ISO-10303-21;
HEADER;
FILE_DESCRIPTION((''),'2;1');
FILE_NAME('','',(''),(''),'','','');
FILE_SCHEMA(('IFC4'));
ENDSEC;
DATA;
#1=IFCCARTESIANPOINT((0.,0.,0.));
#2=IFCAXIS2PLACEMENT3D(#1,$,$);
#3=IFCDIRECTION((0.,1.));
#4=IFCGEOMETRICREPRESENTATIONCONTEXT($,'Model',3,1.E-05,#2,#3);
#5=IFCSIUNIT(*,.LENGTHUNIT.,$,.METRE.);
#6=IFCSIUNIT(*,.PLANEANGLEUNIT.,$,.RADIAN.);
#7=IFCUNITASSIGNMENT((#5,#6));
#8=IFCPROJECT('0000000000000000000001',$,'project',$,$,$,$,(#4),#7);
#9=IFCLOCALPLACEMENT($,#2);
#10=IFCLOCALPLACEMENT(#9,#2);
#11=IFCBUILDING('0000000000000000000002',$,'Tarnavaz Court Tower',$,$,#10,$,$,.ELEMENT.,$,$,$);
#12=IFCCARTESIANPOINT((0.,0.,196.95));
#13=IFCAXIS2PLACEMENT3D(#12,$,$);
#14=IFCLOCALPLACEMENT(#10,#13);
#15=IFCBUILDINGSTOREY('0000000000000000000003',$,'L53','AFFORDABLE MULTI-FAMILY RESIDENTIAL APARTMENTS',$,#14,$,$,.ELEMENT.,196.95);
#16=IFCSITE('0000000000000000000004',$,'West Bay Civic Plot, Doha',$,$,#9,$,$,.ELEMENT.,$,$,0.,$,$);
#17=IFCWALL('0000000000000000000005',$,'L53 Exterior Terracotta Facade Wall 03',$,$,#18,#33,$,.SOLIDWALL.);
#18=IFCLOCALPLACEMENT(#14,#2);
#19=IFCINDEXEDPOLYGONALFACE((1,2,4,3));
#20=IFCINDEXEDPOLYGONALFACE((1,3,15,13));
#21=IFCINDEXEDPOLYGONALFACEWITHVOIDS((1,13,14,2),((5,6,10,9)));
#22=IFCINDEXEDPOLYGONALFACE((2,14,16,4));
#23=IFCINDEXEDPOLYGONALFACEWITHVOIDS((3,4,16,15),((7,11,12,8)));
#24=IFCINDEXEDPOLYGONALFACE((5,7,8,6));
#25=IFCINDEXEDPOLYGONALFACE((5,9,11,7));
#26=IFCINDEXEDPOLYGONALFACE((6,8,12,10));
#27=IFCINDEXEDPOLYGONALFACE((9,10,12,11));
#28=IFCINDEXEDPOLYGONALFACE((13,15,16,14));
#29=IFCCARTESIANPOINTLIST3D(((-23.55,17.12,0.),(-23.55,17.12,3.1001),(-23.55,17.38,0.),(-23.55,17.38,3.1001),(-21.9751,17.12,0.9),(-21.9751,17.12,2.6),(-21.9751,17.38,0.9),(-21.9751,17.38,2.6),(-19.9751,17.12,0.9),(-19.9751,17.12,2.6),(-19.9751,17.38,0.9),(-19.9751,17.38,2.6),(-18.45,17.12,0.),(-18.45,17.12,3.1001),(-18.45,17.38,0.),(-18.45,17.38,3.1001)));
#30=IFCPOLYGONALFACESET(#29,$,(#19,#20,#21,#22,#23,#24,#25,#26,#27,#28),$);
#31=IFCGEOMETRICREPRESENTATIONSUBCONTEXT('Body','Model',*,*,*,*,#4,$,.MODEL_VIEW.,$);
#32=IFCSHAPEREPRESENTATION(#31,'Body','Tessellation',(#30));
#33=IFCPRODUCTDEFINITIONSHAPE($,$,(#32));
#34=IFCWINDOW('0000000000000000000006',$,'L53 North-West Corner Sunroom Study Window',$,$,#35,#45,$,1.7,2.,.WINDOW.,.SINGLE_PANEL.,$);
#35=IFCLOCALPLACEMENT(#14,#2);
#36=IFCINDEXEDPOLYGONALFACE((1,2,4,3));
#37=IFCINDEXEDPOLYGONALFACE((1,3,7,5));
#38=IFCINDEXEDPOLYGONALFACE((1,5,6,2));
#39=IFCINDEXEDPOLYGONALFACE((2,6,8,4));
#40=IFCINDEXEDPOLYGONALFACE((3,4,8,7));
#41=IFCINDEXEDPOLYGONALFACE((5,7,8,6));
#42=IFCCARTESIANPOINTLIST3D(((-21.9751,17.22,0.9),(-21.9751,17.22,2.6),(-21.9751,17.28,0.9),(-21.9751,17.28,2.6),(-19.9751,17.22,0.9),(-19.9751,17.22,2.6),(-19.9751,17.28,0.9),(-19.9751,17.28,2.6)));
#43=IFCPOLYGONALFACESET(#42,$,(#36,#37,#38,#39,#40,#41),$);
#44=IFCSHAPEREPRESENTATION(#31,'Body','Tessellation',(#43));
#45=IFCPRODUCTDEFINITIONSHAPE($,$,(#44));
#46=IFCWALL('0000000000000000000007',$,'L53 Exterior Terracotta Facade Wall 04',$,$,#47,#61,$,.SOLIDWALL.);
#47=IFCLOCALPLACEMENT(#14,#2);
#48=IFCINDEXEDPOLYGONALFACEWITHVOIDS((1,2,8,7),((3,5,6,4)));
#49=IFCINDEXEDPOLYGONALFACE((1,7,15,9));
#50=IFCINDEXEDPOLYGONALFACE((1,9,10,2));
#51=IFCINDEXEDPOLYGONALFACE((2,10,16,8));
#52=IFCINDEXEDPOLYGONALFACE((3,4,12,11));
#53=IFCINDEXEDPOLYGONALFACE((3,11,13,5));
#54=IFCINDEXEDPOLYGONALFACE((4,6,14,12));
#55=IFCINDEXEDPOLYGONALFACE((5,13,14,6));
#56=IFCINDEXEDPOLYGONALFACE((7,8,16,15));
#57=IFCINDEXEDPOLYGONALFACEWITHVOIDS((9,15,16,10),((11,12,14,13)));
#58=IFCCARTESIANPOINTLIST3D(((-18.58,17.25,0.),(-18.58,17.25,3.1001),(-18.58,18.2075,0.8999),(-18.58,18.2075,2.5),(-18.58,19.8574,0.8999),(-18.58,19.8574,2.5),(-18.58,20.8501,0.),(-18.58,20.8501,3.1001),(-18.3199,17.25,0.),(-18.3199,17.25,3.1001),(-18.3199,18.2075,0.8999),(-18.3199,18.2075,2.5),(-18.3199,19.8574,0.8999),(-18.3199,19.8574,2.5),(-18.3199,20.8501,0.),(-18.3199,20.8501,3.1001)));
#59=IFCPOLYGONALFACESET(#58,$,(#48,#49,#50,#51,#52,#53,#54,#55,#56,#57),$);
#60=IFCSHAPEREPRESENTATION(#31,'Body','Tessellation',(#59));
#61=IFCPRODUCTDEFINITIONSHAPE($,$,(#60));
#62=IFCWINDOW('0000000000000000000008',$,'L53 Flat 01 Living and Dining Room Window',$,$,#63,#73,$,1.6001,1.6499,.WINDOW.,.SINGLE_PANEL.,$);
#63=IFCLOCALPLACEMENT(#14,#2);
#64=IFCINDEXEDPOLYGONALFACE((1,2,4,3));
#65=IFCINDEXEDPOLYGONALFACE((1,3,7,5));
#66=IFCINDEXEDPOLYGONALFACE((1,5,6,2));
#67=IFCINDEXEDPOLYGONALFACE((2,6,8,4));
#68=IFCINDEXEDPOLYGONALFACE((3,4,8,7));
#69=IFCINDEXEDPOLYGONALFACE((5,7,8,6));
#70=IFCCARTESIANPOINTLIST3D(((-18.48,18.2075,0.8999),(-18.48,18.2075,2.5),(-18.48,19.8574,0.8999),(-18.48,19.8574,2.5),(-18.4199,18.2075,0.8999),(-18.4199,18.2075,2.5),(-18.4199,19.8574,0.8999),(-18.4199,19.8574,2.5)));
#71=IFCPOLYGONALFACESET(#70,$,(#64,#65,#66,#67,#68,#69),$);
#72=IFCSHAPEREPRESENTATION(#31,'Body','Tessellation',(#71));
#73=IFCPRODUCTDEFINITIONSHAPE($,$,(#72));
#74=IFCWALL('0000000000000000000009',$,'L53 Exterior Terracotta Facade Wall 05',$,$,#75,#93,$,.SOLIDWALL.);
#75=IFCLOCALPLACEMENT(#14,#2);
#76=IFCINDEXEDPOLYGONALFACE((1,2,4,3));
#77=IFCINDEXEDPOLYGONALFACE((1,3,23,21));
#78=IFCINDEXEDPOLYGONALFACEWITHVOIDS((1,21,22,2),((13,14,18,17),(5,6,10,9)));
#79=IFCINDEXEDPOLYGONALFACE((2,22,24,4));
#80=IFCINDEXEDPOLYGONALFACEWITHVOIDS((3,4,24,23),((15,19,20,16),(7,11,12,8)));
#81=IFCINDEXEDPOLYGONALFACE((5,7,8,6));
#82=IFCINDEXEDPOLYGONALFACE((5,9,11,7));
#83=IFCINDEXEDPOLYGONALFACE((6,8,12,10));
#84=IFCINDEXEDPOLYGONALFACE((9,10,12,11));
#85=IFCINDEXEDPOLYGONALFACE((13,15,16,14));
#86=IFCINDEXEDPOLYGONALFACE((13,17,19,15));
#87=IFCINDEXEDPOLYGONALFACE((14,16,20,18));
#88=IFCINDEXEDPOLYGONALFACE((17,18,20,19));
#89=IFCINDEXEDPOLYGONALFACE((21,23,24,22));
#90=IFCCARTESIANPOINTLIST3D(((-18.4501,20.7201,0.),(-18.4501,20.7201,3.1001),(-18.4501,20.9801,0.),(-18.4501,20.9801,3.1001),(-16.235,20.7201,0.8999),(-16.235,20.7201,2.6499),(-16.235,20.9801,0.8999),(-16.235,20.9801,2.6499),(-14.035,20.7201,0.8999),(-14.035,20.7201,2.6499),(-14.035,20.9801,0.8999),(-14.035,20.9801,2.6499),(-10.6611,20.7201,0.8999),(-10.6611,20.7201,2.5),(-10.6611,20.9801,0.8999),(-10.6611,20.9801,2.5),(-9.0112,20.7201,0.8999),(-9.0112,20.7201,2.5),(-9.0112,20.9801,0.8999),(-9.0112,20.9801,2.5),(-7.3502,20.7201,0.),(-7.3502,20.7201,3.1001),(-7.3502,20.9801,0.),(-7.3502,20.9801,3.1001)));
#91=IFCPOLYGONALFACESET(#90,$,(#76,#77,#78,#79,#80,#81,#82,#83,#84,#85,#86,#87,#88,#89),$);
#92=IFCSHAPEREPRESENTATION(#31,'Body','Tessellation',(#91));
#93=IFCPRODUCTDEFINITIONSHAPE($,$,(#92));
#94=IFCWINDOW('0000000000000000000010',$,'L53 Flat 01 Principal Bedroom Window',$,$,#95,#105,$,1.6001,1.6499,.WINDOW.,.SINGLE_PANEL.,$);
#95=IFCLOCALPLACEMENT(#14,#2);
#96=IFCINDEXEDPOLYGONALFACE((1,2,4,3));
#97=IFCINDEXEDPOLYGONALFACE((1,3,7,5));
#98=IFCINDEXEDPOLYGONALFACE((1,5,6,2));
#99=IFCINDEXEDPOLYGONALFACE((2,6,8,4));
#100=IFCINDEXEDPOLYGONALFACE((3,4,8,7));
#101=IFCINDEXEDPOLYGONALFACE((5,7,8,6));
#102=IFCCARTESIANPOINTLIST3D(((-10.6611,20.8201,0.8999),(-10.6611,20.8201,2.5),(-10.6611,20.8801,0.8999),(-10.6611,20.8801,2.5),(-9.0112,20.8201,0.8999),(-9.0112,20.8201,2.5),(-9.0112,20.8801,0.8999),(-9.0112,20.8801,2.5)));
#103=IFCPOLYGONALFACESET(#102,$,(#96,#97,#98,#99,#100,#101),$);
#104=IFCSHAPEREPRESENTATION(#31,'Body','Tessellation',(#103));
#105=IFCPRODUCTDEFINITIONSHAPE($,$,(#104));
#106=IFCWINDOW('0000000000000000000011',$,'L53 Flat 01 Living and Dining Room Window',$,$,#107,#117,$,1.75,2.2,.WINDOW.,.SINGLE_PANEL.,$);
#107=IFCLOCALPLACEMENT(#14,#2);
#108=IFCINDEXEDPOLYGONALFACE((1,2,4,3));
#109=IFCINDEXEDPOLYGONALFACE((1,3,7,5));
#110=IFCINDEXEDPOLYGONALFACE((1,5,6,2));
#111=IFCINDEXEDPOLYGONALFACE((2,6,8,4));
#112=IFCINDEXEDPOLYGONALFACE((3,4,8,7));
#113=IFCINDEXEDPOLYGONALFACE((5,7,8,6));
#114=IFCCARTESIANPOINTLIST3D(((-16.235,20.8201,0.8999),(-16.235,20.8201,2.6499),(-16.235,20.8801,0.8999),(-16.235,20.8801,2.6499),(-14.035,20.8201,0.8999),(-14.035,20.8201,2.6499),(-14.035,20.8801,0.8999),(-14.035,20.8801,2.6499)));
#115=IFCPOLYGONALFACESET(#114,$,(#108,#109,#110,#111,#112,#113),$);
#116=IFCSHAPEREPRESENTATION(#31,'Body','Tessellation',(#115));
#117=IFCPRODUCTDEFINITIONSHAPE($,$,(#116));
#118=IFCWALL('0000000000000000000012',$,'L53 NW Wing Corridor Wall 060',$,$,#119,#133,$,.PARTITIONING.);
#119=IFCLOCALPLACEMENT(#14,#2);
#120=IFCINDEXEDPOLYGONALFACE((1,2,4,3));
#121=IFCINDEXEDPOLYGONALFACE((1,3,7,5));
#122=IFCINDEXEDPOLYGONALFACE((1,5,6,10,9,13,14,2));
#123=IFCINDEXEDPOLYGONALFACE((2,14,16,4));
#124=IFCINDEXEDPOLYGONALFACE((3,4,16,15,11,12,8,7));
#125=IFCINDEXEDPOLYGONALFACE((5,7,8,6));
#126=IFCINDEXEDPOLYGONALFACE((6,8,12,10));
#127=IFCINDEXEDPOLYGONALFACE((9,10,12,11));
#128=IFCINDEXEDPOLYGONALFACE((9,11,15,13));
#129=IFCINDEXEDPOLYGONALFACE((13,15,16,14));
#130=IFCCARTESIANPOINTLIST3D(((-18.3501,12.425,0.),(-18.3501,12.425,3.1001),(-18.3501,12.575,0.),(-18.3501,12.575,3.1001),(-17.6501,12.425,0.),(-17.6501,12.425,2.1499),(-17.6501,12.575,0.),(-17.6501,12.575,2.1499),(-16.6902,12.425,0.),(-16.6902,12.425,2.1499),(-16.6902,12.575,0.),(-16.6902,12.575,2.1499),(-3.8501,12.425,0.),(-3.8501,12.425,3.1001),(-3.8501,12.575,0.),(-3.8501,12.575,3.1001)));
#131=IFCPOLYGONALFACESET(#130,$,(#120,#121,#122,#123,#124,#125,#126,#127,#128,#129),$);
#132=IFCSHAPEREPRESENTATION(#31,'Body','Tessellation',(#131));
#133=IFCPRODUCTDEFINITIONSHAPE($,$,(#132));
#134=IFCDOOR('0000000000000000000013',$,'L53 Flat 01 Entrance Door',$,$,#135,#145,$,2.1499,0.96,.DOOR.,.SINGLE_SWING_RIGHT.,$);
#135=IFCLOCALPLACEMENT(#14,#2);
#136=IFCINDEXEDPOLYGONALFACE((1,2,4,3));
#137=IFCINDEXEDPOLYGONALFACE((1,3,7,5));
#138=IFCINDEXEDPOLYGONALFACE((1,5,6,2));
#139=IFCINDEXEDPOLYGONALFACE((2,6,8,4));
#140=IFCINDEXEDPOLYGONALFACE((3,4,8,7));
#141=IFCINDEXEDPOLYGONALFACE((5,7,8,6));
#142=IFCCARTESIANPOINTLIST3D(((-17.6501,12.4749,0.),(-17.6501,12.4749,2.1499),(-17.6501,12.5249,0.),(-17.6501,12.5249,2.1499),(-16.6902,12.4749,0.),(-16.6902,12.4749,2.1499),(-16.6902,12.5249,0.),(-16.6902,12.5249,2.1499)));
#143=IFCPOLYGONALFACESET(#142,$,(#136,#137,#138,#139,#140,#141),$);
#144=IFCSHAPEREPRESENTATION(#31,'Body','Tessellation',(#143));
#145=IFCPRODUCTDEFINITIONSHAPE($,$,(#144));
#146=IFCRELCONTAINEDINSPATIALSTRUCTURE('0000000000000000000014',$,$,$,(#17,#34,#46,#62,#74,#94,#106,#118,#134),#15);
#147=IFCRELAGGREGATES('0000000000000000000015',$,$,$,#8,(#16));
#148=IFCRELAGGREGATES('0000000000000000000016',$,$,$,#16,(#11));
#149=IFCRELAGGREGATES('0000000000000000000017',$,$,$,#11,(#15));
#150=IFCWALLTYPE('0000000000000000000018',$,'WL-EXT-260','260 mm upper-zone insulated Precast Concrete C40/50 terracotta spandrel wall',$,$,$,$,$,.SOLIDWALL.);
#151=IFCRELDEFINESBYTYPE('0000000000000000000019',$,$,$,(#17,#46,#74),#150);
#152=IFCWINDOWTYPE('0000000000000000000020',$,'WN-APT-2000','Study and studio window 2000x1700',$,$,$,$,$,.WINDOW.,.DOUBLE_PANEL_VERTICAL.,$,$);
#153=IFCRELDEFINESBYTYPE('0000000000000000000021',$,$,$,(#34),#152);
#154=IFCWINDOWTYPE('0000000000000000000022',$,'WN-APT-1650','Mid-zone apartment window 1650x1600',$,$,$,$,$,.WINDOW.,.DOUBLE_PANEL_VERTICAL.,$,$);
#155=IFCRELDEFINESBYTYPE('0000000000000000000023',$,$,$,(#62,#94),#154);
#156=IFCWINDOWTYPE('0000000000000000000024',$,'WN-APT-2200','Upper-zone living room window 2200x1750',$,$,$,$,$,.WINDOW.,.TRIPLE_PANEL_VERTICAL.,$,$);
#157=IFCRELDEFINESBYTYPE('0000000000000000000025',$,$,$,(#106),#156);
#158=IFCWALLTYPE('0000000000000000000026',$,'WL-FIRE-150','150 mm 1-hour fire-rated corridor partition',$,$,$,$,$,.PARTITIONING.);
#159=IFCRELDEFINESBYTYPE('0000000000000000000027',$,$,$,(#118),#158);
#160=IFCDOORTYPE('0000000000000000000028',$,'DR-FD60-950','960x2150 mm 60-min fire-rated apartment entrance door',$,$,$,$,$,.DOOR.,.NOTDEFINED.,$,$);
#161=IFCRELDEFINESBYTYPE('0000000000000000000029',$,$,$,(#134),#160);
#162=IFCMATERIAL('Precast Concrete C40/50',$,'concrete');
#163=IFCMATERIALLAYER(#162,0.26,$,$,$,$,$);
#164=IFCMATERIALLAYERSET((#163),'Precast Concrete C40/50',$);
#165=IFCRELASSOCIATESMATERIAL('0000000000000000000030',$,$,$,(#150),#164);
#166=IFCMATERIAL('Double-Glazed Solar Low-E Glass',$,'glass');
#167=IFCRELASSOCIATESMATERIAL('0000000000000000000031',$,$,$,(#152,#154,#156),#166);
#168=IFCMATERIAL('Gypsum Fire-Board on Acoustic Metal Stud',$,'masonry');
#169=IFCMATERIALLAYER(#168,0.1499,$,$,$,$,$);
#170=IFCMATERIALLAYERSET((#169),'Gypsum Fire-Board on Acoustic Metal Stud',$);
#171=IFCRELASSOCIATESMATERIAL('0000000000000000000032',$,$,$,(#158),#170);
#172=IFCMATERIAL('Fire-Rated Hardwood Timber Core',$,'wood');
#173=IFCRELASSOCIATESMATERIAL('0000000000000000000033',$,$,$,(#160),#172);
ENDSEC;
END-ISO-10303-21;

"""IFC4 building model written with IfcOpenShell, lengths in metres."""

from ifc_helpers import new_model, si_unit, direction, frame, frame_2d, origin, place, context, subcontext, project, spatial, rectangle, extrude, material, layer, layer_set, type_object, element, fill, save


model = new_model("IFC4")

# Units and contexts
model_context = context("Model", 3, precision=1e-05, world=origin(), true_north=direction((0.0, 1.0)))
body_context = subcontext(model_context, "Body", "Model", "MODEL_VIEW")
ifc_project = project(units=[si_unit("LENGTHUNIT", "METRE"), si_unit("PLANEANGLEUNIT", "RADIAN")], contexts=[model_context])

# Site, building, storey
site_placement = place(None, origin())
site = spatial("IfcSite", under=ifc_project, at=site_placement, Name="West Bay Civic Plot, Doha", CompositionType="ELEMENT", RefElevation=0.0)
building_placement = place(site_placement, origin())
building = spatial("IfcBuilding", under=site, at=building_placement, Name="Tarnavaz Court Tower", CompositionType="ELEMENT")
storey_placement = place(building_placement, frame((0.0, 0.0, 196.95)))
storey = spatial("IfcBuildingStorey", under=building, at=storey_placement, Name="L53", Description="AFFORDABLE MULTI-FAMILY RESIDENTIAL APARTMENTS", CompositionType="ELEMENT", Elevation=196.95)

# Walls, openings, windows
ifc_material_1 = material(Name="Precast Concrete C40/50", Category="concrete")
ifc_layer_1 = layer(ifc_material_1, 0.26)
ifc_layer_set_1 = layer_set([ifc_layer_1], Name="Precast Concrete C40/50")
wall_type_1 = type_object("IfcWallType", Name="WL-EXT-260", Description="260 mm upper-zone insulated Precast Concrete C40/50 terracotta spandrel wall", PredefinedType="SOLIDWALL", material=ifc_layer_set_1)
wall_1_placement = place(storey_placement, frame((-23.55, 17.25, 0.0), z_axis=(0.0, 0.0, 1.0), x_axis=(1.0, 0.0, 0.0)))
wall_1 = element("IfcWall", 1, at=wall_1_placement, inside=storey, type_object=wall_type_1, Name="L53 Exterior Terracotta Facade Wall 03", PredefinedType="SOLIDWALL", context=body_context, shape_type="SweptSolid", body=[
    extrude(rectangle(XDim=5.1001, YDim=0.26, at=frame_2d((2.55, 0.0))), origin(), (0.0, 0.0, 1.0), 3.1001),
])
opening_1_placement = place(wall_1_placement, frame((1.575, 0.0, 0.8999)))
opening_1 = element("IfcOpeningElement", 2, at=opening_1_placement, cuts=wall_1, PredefinedType="OPENING", context=body_context, shape_type="SweptSolid", body=[
    extrude(rectangle(XDim=2.0, YDim=1.7, at=frame_2d((1.0, 0.8501))), frame((0.0, 0.1399, 0.0), z_axis=(0.0, -1.0, 0.0), x_axis=(1.0, 0.0, 0.0)), (0.0, 0.0, 1.0), 0.28),
])
ifc_material_2 = material(Name="Double-Glazed Solar Low-E Glass", Category="glass")
window_type_1 = type_object("IfcWindowType", Name="WN-APT-2000", Description="Study and studio window 2000x1700", PartitioningType="DOUBLE_PANEL_VERTICAL", PredefinedType="WINDOW", material=ifc_material_2)
window_1_placement = place(opening_1_placement, origin())
window_1 = element("IfcWindow", 3, at=window_1_placement, inside=storey, type_object=window_type_1, Name="L53 North-West Corner Sunroom Study Window", OverallHeight=1.7, OverallWidth=2.0, PartitioningType="SINGLE_PANEL", PredefinedType="WINDOW", context=body_context, shape_type="SweptSolid", body=[
    extrude(rectangle(XDim=2.0, YDim=1.7, at=frame_2d((1.0, 0.8501))), frame((0.0, 0.03, 0.0), z_axis=(0.0, -1.0, 0.0), x_axis=(1.0, 0.0, 0.0)), (0.0, 0.0, 1.0), 0.0601),
])
fill(opening_1, window_1)
wall_2_placement = place(storey_placement, frame((-18.45, 17.25, 0.0), z_axis=(0.0, 0.0, 1.0), x_axis=(0.0, 1.0, 0.0)))
wall_2 = element("IfcWall", 4, at=wall_2_placement, inside=storey, type_object=wall_type_1, Name="L53 Exterior Terracotta Facade Wall 04", PredefinedType="SOLIDWALL", context=body_context, shape_type="SweptSolid", body=[
    extrude(rectangle(XDim=3.6001, YDim=0.26, at=frame_2d((1.8, 0.0))), origin(), (0.0, 0.0, 1.0), 3.1001),
])
opening_2_placement = place(wall_2_placement, frame((0.9575, 0.0, 0.8999)))
opening_2 = element("IfcOpeningElement", 5, at=opening_2_placement, cuts=wall_2, PredefinedType="OPENING", context=body_context, shape_type="SweptSolid", body=[
    extrude(rectangle(XDim=1.6499, YDim=1.6001, at=frame_2d((0.825, 0.8))), frame((0.0, 0.1399, 0.0), z_axis=(0.0, -1.0, 0.0), x_axis=(1.0, 0.0, 0.0)), (0.0, 0.0, 1.0), 0.28),
])
window_type_2 = type_object("IfcWindowType", Name="WN-APT-1650", Description="Mid-zone apartment window 1650x1600", PartitioningType="DOUBLE_PANEL_VERTICAL", PredefinedType="WINDOW", material=ifc_material_2)
window_2_placement = place(opening_2_placement, origin())
window_2 = element("IfcWindow", 6, at=window_2_placement, inside=storey, type_object=window_type_2, Name="L53 Flat 01 Living and Dining Room Window", OverallHeight=1.6001, OverallWidth=1.6499, PartitioningType="SINGLE_PANEL", PredefinedType="WINDOW", context=body_context, shape_type="SweptSolid", body=[
    extrude(rectangle(XDim=1.6499, YDim=1.6001, at=frame_2d((0.825, 0.8))), frame((0.0, 0.03, 0.0), z_axis=(0.0, -1.0, 0.0), x_axis=(1.0, 0.0, 0.0)), (0.0, 0.0, 1.0), 0.0601),
])
fill(opening_2, window_2)

# Wall, openings, windows
wall_3_placement = place(storey_placement, frame((-18.45, 20.8501, 0.0), z_axis=(0.0, 0.0, 1.0), x_axis=(1.0, 0.0, 0.0)))
wall_3 = element("IfcWall", 7, at=wall_3_placement, inside=storey, type_object=wall_type_1, Name="L53 Exterior Terracotta Facade Wall 05", PredefinedType="SOLIDWALL", context=body_context, shape_type="SweptSolid", body=[
    extrude(rectangle(XDim=11.0999, YDim=0.26, at=frame_2d((5.5498, 0.0))), origin(), (0.0, 0.0, 1.0), 3.1001),
])
opening_3_placement = place(wall_3_placement, frame((2.2148, 0.0, 0.8999)))
opening_3 = element("IfcOpeningElement", 8, at=opening_3_placement, cuts=wall_3, PredefinedType="OPENING", context=body_context, shape_type="SweptSolid", body=[
    extrude(rectangle(XDim=2.2, YDim=1.75, at=frame_2d((1.1001, 0.875))), frame((0.0, 0.1399, 0.0), z_axis=(0.0, -1.0, 0.0), x_axis=(1.0, 0.0, 0.0)), (0.0, 0.0, 1.0), 0.28),
])
opening_4_placement = place(wall_3_placement, frame((7.7888, 0.0, 0.8999)))
opening_4 = element("IfcOpeningElement", 9, at=opening_4_placement, cuts=wall_3, PredefinedType="OPENING", context=body_context, shape_type="SweptSolid", body=[
    extrude(rectangle(XDim=1.6499, YDim=1.6001, at=frame_2d((0.825, 0.8))), frame((0.0, 0.1399, 0.0), z_axis=(0.0, -1.0, 0.0), x_axis=(1.0, 0.0, 0.0)), (0.0, 0.0, 1.0), 0.28),
])
window_3_placement = place(opening_4_placement, origin())
window_3 = element("IfcWindow", 10, at=window_3_placement, inside=storey, type_object=window_type_2, Name="L53 Flat 01 Principal Bedroom Window", OverallHeight=1.6001, OverallWidth=1.6499, PartitioningType="SINGLE_PANEL", PredefinedType="WINDOW", context=body_context, shape_type="SweptSolid", body=[
    extrude(rectangle(XDim=1.6499, YDim=1.6001, at=frame_2d((0.825, 0.8))), frame((0.0, 0.03, 0.0), z_axis=(0.0, -1.0, 0.0), x_axis=(1.0, 0.0, 0.0)), (0.0, 0.0, 1.0), 0.0601),
])
fill(opening_4, window_3)
window_type_3 = type_object("IfcWindowType", Name="WN-APT-2200", Description="Upper-zone living room window 2200x1750", PartitioningType="TRIPLE_PANEL_VERTICAL", PredefinedType="WINDOW", material=ifc_material_2)
window_4_placement = place(opening_3_placement, origin())
window_4 = element("IfcWindow", 11, at=window_4_placement, inside=storey, type_object=window_type_3, Name="L53 Flat 01 Living and Dining Room Window", OverallHeight=1.75, OverallWidth=2.2, PartitioningType="SINGLE_PANEL", PredefinedType="WINDOW", context=body_context, shape_type="SweptSolid", body=[
    extrude(rectangle(XDim=2.2, YDim=1.75, at=frame_2d((1.1001, 0.875))), frame((0.0, 0.03, 0.0), z_axis=(0.0, -1.0, 0.0), x_axis=(1.0, 0.0, 0.0)), (0.0, 0.0, 1.0), 0.0601),
])
fill(opening_3, window_4)

# Wall, opening, door
ifc_material_3 = material(Name="Gypsum Fire-Board on Acoustic Metal Stud", Category="masonry")
ifc_layer_2 = layer(ifc_material_3, 0.1499)
ifc_layer_set_2 = layer_set([ifc_layer_2], Name="Gypsum Fire-Board on Acoustic Metal Stud")
wall_type_2 = type_object("IfcWallType", Name="WL-FIRE-150", Description="150 mm 1-hour fire-rated corridor partition", PredefinedType="PARTITIONING", material=ifc_layer_set_2)
wall_4_placement = place(storey_placement, frame((-18.3501, 12.5, 0.0), z_axis=(0.0, 0.0, 1.0), x_axis=(1.0, 0.0, 0.0)))
wall_4 = element("IfcWall", 12, at=wall_4_placement, inside=storey, type_object=wall_type_2, Name="L53 NW Wing Corridor Wall 060", PredefinedType="PARTITIONING", context=body_context, shape_type="SweptSolid", body=[
    extrude(rectangle(XDim=14.5, YDim=0.1499, at=frame_2d((7.25, 0.0))), origin(), (0.0, 0.0, 1.0), 3.1001),
])
opening_5_placement = place(wall_4_placement, frame((0.7, 0.0, 0.0)))
opening_5 = element("IfcOpeningElement", 13, at=opening_5_placement, cuts=wall_4, PredefinedType="OPENING", context=body_context, shape_type="SweptSolid", body=[
    extrude(rectangle(XDim=0.96, YDim=2.1499, at=frame_2d((0.48, 1.075))), frame((0.0, 0.085, 0.0), z_axis=(0.0, -1.0, 0.0), x_axis=(1.0, 0.0, 0.0)), (0.0, 0.0, 1.0), 0.1699),
])
ifc_material_4 = material(Name="Fire-Rated Hardwood Timber Core", Category="wood")
door_type_1 = type_object("IfcDoorType", Name="DR-FD60-950", Description="960x2150 mm 60-min fire-rated apartment entrance door", OperationType="NOTDEFINED", PredefinedType="DOOR", material=ifc_material_4)
door_1_placement = place(opening_5_placement, origin())
door_1 = element("IfcDoor", 14, at=door_1_placement, inside=storey, type_object=door_type_1, Name="L53 Flat 01 Entrance Door", OperationType="SINGLE_SWING_RIGHT", OverallHeight=2.1499, OverallWidth=0.96, PredefinedType="DOOR", context=body_context, shape_type="SweptSolid", body=[
    extrude(rectangle(XDim=0.96, YDim=2.1499, at=frame_2d((0.48, 1.075))), frame((0.0, 0.0249, 0.0), z_axis=(0.0, -1.0, 0.0), x_axis=(1.0, 0.0, 0.0)), (0.0, 0.0, 1.0), 0.05),
])
fill(opening_5, door_1)

save(model, "model.ifc")
